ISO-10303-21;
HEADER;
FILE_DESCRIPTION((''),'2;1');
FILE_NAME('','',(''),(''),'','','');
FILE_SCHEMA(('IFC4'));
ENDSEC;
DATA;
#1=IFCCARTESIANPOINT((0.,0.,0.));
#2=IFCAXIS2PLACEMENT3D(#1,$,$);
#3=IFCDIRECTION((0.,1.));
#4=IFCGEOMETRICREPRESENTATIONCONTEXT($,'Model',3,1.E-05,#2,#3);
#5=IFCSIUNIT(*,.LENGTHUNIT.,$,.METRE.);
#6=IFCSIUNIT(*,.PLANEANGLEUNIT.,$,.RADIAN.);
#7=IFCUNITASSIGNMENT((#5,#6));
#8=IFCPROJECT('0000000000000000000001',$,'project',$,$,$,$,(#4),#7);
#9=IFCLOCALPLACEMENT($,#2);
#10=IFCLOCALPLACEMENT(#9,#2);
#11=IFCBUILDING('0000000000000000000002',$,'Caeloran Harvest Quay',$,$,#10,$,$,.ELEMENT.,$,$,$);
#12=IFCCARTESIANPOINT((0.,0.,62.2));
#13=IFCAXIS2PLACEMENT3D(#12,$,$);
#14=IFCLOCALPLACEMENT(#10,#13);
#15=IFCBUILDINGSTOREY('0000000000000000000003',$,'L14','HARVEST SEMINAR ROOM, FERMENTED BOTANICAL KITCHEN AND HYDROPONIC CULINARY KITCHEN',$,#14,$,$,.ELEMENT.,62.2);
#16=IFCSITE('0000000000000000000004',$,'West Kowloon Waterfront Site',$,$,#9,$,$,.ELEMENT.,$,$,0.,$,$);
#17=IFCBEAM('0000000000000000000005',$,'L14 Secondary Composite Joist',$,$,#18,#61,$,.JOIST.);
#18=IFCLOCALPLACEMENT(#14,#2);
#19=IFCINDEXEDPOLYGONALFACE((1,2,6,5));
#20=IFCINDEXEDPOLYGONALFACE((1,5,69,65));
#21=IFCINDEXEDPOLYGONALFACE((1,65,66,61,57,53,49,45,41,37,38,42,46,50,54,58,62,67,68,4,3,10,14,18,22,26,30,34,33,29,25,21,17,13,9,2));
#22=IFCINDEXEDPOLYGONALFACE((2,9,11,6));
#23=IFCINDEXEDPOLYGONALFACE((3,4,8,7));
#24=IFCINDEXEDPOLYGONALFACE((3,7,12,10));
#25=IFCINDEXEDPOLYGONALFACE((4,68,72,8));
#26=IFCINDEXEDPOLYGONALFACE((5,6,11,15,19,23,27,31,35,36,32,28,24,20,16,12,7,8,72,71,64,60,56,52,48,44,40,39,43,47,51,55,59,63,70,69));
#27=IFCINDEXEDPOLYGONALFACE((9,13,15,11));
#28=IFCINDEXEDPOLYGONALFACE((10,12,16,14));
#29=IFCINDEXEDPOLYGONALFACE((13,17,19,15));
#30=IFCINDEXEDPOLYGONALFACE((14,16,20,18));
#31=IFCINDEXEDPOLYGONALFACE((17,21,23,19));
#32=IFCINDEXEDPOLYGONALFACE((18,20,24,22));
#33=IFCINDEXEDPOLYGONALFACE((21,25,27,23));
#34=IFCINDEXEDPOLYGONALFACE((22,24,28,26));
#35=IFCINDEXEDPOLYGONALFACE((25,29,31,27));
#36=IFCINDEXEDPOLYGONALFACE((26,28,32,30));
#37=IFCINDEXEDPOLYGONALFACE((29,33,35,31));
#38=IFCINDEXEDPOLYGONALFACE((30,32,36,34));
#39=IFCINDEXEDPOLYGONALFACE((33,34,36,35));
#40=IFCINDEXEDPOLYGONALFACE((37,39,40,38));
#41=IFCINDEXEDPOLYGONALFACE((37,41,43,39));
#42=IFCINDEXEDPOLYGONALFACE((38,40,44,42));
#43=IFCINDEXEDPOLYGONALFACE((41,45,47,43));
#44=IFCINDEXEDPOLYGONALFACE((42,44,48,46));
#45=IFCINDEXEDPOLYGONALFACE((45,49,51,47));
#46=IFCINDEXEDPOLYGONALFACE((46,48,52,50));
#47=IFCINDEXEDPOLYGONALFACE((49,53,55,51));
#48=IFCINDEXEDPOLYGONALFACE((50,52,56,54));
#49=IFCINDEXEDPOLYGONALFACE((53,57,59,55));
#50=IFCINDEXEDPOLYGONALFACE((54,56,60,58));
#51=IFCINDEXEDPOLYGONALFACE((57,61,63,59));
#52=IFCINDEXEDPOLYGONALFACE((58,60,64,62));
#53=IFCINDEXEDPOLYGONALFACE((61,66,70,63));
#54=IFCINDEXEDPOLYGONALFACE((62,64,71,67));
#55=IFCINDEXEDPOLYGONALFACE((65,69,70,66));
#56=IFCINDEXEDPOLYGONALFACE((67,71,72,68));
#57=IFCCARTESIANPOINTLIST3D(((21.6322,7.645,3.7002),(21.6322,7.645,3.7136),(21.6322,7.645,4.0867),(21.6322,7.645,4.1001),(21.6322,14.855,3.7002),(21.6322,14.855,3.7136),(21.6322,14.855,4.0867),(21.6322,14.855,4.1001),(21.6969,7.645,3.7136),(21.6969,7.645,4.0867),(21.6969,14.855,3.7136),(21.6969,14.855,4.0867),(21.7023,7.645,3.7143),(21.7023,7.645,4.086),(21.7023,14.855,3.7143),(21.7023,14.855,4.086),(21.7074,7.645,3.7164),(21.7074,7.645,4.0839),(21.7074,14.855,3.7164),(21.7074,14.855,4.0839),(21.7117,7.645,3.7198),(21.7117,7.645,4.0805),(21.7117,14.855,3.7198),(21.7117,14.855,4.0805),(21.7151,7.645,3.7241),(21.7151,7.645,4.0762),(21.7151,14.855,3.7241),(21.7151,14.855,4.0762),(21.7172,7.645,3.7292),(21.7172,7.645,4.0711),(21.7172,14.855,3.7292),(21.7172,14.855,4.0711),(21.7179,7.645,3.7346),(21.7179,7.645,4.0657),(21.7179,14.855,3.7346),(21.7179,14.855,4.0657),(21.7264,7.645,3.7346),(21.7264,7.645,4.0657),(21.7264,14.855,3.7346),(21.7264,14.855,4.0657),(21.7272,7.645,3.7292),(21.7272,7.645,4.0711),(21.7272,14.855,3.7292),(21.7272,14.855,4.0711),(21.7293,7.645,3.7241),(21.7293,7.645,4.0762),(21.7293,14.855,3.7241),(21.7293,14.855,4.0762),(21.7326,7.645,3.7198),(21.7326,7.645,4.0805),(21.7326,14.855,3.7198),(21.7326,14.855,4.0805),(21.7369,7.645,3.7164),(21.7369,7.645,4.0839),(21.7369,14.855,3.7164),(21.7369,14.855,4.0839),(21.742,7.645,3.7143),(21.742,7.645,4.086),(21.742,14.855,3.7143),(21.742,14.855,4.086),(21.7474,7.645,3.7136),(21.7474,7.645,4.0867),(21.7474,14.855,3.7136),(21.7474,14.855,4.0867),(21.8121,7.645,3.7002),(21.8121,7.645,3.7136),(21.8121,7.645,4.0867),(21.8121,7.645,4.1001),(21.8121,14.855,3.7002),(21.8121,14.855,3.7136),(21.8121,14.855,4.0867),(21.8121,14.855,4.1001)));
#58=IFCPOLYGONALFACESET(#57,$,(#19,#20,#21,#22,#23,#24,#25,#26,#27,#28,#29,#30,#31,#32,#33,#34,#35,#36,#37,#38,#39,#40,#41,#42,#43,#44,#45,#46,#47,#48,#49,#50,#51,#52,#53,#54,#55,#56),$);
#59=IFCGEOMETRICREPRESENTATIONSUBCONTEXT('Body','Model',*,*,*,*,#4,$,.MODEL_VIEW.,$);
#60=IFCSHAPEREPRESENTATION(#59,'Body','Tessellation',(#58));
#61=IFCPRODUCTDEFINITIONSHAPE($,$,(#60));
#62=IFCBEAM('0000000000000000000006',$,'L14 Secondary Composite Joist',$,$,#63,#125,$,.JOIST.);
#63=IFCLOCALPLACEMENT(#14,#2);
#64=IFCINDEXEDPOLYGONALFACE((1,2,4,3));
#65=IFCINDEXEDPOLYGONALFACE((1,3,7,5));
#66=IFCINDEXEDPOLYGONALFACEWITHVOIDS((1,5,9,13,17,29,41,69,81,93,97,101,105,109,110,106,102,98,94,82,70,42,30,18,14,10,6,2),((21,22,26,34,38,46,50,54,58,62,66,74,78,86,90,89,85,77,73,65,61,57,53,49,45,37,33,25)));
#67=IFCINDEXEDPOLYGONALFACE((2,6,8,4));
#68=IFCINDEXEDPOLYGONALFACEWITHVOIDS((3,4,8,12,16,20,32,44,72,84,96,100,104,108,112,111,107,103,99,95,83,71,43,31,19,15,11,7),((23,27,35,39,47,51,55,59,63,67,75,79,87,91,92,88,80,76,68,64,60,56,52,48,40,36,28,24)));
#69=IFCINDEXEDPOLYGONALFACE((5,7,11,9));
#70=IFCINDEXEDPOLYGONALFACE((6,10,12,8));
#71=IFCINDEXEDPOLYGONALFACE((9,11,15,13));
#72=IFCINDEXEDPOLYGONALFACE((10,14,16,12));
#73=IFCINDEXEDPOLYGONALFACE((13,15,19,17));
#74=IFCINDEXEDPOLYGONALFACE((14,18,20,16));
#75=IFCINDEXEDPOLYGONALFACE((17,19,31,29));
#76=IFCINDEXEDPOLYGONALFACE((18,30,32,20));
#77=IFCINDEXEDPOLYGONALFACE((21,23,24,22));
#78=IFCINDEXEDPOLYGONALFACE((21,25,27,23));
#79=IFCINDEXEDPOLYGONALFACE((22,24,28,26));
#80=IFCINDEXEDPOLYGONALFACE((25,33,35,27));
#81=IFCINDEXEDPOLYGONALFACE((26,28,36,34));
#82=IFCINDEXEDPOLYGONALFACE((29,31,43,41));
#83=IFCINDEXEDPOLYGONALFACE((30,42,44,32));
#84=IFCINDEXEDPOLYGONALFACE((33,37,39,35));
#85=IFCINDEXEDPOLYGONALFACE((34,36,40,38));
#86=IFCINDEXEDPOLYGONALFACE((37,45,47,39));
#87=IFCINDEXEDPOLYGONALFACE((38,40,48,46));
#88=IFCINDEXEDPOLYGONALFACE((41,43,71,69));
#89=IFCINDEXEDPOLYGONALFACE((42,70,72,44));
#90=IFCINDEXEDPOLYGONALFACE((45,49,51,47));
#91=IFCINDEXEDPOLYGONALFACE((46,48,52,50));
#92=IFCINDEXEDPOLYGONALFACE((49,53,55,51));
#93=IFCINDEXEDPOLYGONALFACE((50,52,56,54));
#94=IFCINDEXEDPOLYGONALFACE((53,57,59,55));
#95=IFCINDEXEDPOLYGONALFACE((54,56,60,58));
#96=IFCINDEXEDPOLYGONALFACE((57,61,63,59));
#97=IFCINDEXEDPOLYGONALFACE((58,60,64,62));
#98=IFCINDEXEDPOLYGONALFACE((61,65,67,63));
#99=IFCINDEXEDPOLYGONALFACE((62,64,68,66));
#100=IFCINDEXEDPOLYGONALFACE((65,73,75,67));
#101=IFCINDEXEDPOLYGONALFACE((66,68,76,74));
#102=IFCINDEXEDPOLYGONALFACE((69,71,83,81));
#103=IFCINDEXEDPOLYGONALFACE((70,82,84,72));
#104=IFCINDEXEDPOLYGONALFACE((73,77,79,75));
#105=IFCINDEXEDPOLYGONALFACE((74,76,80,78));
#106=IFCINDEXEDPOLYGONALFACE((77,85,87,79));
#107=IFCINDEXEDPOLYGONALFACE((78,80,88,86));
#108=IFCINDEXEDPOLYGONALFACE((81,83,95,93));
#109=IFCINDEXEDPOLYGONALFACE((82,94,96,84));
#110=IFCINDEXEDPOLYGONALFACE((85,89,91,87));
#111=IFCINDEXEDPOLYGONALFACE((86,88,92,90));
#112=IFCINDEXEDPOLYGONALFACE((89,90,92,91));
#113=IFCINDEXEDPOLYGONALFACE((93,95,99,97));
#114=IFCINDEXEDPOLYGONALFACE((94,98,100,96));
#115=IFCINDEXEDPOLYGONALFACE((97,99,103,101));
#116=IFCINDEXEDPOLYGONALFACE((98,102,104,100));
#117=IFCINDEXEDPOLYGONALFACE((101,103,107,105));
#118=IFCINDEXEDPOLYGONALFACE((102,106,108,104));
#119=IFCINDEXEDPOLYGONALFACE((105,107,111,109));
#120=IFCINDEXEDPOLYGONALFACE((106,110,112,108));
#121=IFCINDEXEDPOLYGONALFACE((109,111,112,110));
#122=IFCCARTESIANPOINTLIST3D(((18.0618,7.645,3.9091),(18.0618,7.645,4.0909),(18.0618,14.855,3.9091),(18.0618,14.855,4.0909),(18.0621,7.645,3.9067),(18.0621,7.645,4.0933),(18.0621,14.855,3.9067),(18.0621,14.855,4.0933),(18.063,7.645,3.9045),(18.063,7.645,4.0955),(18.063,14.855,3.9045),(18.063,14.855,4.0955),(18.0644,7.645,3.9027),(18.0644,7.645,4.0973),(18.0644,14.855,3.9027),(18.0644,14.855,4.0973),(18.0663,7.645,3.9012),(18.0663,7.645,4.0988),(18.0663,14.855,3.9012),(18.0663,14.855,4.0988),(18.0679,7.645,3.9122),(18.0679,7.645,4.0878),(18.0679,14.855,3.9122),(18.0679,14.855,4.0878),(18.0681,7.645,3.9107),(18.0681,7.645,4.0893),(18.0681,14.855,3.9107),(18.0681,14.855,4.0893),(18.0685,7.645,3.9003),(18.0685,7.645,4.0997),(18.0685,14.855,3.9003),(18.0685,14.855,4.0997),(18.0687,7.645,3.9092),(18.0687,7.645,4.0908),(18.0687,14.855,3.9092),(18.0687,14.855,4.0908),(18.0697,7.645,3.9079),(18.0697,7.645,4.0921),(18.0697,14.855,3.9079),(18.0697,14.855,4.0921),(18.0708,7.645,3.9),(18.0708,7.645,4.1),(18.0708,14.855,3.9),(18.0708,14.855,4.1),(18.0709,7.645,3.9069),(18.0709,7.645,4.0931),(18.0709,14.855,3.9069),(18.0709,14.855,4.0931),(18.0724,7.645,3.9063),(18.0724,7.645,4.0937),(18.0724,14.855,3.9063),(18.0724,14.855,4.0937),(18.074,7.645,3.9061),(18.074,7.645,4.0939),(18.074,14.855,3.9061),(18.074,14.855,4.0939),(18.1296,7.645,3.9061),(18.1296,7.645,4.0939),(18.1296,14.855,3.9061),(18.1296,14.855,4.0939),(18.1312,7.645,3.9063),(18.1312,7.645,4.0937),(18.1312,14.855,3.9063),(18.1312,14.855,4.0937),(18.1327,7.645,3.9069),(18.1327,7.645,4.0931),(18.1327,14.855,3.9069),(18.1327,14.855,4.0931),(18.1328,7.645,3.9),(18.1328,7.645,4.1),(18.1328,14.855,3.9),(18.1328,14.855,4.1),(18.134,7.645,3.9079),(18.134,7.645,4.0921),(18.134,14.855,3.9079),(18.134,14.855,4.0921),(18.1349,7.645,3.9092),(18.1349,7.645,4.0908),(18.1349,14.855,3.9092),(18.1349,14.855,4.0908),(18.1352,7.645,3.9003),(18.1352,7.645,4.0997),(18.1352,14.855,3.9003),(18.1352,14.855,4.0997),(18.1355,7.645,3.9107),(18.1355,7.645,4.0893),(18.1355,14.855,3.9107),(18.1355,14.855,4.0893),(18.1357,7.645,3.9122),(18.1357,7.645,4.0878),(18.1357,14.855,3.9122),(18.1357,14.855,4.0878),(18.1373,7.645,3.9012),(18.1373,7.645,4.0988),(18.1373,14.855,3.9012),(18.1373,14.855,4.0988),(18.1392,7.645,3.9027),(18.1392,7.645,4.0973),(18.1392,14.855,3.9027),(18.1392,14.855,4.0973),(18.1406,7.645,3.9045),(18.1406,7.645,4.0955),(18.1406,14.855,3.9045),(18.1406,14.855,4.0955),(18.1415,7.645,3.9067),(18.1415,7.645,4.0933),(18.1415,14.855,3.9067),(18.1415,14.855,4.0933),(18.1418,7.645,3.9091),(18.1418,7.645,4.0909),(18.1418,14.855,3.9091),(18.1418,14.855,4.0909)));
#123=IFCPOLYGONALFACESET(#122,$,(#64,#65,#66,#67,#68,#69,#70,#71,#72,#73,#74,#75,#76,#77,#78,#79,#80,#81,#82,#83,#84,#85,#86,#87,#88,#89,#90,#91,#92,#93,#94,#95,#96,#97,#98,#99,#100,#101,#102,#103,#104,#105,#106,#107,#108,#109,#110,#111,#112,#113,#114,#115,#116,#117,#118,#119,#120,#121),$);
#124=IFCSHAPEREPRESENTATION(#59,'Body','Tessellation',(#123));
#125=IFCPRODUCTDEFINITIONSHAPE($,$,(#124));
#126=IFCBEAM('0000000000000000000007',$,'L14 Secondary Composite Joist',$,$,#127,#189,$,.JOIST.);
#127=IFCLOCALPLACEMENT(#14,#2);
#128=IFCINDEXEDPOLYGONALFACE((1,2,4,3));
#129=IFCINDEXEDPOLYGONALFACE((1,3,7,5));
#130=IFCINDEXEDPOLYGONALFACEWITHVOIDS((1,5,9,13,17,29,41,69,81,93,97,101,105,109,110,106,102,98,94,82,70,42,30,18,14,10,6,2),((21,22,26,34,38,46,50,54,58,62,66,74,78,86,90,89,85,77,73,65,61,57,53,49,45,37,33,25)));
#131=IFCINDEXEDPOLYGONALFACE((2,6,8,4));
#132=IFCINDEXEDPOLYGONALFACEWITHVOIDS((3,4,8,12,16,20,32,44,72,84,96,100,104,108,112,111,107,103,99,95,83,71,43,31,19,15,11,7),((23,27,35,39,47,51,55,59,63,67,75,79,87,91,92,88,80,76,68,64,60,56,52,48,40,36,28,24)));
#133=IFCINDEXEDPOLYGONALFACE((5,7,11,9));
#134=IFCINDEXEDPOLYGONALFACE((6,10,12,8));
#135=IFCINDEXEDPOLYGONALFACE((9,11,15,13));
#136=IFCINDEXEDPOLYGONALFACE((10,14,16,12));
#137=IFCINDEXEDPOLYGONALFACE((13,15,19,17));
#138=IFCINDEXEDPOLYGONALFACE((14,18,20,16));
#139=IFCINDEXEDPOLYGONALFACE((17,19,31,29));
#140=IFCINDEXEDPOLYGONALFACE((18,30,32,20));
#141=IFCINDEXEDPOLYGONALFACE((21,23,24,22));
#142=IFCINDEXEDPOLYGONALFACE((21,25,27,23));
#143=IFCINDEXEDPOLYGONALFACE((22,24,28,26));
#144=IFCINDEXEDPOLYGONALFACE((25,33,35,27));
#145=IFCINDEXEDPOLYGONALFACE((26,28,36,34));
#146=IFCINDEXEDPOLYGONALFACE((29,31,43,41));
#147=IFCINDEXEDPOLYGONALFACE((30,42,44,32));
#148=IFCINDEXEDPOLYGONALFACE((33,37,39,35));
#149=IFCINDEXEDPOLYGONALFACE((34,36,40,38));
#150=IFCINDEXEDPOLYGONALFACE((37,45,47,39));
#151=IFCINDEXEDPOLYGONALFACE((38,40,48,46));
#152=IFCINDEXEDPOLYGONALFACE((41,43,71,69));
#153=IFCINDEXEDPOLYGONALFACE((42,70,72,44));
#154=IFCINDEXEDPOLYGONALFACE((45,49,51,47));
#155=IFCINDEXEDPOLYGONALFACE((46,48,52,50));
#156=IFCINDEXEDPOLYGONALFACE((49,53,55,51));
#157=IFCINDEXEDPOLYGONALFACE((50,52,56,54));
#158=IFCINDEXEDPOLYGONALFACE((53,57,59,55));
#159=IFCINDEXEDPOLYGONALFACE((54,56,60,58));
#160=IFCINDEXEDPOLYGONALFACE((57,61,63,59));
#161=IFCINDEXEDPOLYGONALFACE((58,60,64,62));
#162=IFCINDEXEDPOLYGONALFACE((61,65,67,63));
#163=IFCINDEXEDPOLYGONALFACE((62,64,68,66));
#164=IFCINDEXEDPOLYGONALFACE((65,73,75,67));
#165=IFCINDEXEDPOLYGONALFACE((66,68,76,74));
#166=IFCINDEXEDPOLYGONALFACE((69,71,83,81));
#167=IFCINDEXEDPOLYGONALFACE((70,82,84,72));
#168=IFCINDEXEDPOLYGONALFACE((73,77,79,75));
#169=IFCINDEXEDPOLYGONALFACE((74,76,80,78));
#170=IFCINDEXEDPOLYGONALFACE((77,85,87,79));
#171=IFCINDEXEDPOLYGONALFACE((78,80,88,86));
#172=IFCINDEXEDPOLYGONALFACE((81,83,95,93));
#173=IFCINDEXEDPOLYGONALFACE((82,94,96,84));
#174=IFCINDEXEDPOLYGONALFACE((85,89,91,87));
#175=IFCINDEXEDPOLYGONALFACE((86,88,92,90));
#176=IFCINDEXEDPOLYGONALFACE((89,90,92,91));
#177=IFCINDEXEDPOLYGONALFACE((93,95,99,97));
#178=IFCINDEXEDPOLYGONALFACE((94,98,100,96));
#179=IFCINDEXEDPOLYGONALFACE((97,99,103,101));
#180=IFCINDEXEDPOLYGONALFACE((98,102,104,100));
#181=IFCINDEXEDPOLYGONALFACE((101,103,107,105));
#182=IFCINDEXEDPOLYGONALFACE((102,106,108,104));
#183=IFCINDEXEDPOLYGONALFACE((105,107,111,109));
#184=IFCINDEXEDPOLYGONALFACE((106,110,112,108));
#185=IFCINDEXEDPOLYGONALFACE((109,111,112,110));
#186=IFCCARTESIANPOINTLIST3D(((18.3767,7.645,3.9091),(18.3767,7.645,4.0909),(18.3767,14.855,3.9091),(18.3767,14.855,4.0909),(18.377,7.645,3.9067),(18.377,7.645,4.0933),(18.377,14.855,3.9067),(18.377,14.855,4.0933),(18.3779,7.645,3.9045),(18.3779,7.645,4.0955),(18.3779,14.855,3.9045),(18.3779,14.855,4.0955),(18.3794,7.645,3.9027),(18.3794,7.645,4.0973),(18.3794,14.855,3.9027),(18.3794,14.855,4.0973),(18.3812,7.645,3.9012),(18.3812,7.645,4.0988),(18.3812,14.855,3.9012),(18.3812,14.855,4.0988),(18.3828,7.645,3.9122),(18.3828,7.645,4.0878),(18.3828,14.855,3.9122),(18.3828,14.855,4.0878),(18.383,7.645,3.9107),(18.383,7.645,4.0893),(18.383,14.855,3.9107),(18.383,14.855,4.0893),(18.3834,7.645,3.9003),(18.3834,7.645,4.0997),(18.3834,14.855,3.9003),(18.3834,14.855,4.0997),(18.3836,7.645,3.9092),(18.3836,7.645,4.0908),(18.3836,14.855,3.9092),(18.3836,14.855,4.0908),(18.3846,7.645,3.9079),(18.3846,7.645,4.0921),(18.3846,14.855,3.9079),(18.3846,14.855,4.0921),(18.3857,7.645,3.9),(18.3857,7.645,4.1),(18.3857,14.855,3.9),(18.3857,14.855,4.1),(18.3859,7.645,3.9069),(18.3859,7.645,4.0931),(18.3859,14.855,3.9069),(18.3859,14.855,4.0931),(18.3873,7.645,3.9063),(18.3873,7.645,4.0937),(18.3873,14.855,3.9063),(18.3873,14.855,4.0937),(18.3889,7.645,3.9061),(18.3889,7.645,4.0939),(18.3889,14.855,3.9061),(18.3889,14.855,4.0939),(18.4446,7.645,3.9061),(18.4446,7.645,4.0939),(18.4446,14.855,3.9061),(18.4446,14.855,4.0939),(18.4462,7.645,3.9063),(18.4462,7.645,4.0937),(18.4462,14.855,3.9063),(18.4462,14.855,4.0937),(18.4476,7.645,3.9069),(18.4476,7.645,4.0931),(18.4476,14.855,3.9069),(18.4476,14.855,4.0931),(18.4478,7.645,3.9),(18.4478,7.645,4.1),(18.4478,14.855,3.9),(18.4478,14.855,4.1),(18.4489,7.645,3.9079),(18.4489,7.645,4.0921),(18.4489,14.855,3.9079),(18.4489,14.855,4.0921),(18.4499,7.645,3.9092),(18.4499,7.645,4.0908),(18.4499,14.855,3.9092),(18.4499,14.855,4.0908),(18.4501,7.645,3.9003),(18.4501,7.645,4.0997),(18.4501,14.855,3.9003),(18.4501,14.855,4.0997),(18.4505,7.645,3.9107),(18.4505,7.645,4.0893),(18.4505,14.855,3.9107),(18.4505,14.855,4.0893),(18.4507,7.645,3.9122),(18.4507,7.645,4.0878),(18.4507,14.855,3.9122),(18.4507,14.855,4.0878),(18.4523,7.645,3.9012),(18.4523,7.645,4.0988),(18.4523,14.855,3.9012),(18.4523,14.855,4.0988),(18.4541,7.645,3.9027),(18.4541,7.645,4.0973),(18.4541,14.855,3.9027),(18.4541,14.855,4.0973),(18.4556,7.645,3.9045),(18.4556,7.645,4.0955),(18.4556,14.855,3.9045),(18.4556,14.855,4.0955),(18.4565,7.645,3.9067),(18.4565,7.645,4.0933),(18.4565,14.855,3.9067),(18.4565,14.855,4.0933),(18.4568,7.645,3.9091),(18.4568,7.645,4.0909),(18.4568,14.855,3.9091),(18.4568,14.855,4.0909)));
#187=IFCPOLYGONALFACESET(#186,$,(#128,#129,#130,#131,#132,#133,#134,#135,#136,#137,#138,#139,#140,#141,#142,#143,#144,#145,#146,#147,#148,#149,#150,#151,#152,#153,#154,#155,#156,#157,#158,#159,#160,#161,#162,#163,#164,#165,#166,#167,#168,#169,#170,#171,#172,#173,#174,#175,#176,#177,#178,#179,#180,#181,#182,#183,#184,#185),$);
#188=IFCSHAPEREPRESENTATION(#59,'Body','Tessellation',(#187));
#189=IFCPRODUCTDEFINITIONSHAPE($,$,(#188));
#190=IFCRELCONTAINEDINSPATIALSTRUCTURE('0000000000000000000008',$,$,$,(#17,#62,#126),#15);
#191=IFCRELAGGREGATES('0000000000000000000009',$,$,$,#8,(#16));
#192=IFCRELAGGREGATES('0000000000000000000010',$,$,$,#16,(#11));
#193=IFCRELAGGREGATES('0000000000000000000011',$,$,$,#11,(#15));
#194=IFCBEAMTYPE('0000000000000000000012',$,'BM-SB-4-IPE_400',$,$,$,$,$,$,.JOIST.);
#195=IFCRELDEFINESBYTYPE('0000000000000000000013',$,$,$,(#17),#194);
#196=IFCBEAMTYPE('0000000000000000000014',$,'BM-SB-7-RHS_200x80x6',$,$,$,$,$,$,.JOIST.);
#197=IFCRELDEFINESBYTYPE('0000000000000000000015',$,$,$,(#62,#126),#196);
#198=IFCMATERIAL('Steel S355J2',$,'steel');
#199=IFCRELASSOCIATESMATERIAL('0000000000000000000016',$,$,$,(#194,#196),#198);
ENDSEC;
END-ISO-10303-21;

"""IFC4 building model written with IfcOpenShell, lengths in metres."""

from ifc_helpers import new_model, si_unit, direction, frame, origin, origin_2d, place, context, subcontext, project, spatial, hollow_rectangle, i_section, extrude, material, material_profile, profile_set, type_object, element, save


model = new_model("IFC4")

# Units and contexts
model_context = context("Model", 3, precision=1e-05, world=origin(), true_north=direction((0.0, 1.0)))
body_context = subcontext(model_context, "Body", "Model", "MODEL_VIEW")
ifc_project = project(units=[si_unit("LENGTHUNIT", "METRE"), si_unit("PLANEANGLEUNIT", "RADIAN")], contexts=[model_context])

# Site, building, storey
site_placement = place(None, origin())
site = spatial("IfcSite", under=ifc_project, at=site_placement, Name="West Kowloon Waterfront Site", CompositionType="ELEMENT", RefElevation=0.0)
building_placement = place(site_placement, origin())
building = spatial("IfcBuilding", under=site, at=building_placement, Name="Caeloran Harvest Quay", CompositionType="ELEMENT")
storey_placement = place(building_placement, frame((0.0, 0.0, 62.2)))
storey = spatial("IfcBuildingStorey", under=building, at=storey_placement, Name="L14", Description="HARVEST SEMINAR ROOM, FERMENTED BOTANICAL KITCHEN AND HYDROPONIC CULINARY KITCHEN", CompositionType="ELEMENT", Elevation=62.2)

# Beams
ifc_material = material(Name="Steel S355J2", Category="steel")
ifc_material_profile_1 = material_profile(ifc_material, i_section(OverallWidth=0.1799, OverallDepth=0.3999, WebThickness=0.0085, FlangeThickness=0.0134, FilletRadius=0.021, at=origin_2d()), Name="IPE 400")
ifc_profile_set_1 = profile_set([ifc_material_profile_1], Name="Steel S355J2")
beam_type_1 = type_object("IfcBeamType", Name="BM-SB-4-IPE_400", PredefinedType="JOIST", material=ifc_profile_set_1)
for number, where, z_axis, x_axis, name in (
    (1, (21.7222, 7.645, 3.9001), (0.0, 1.0, 0.0), (-1.0, 0.0, 0.0), "L14 Secondary Composite Joist"),
):
    element("IfcBeam", number, at=place(storey_placement, frame(where, z_axis=z_axis, x_axis=x_axis)), inside=storey, type_object=beam_type_1, Name=name, PredefinedType="JOIST", context=body_context, shape_type="SweptSolid", body=[
        extrude(i_section(OverallWidth=0.1799, OverallDepth=0.3999, WebThickness=0.0085, FlangeThickness=0.0134, FilletRadius=0.021, at=origin_2d()), origin(), (0.0, 0.0, 1.0), 7.21),
    ])
ifc_material_profile_2 = material_profile(ifc_material, hollow_rectangle(XDim=0.0801, YDim=0.2, WallThickness=0.0061, InnerFilletRadius=0.0061, OuterFilletRadius=0.009, at=origin_2d()), Name="RHS 200x80x6")
ifc_profile_set_2 = profile_set([ifc_material_profile_2], Name="Steel S355J2")
beam_type_2 = type_object("IfcBeamType", Name="BM-SB-7-RHS_200x80x6", PredefinedType="JOIST", material=ifc_profile_set_2)
for number, where, z_axis, x_axis, name in (
    (2, (18.1018, 7.645, 4.0), (0.0, 1.0, 0.0), (-1.0, 0.0, 0.0), "L14 Secondary Composite Joist"),
    (3, (18.4167, 7.645, 4.0), (0.0, 1.0, 0.0), (-1.0, 0.0, 0.0), "L14 Secondary Composite Joist"),
):
    element("IfcBeam", number, at=place(storey_placement, frame(where, z_axis=z_axis, x_axis=x_axis)), inside=storey, type_object=beam_type_2, Name=name, PredefinedType="JOIST", context=body_context, shape_type="SweptSolid", body=[
        extrude(hollow_rectangle(XDim=0.0801, YDim=0.2, WallThickness=0.0061, InnerFilletRadius=0.0061, OuterFilletRadius=0.009, at=origin_2d()), origin(), (0.0, 0.0, 1.0), 7.21),
    ])

save(model, "model.ifc")
